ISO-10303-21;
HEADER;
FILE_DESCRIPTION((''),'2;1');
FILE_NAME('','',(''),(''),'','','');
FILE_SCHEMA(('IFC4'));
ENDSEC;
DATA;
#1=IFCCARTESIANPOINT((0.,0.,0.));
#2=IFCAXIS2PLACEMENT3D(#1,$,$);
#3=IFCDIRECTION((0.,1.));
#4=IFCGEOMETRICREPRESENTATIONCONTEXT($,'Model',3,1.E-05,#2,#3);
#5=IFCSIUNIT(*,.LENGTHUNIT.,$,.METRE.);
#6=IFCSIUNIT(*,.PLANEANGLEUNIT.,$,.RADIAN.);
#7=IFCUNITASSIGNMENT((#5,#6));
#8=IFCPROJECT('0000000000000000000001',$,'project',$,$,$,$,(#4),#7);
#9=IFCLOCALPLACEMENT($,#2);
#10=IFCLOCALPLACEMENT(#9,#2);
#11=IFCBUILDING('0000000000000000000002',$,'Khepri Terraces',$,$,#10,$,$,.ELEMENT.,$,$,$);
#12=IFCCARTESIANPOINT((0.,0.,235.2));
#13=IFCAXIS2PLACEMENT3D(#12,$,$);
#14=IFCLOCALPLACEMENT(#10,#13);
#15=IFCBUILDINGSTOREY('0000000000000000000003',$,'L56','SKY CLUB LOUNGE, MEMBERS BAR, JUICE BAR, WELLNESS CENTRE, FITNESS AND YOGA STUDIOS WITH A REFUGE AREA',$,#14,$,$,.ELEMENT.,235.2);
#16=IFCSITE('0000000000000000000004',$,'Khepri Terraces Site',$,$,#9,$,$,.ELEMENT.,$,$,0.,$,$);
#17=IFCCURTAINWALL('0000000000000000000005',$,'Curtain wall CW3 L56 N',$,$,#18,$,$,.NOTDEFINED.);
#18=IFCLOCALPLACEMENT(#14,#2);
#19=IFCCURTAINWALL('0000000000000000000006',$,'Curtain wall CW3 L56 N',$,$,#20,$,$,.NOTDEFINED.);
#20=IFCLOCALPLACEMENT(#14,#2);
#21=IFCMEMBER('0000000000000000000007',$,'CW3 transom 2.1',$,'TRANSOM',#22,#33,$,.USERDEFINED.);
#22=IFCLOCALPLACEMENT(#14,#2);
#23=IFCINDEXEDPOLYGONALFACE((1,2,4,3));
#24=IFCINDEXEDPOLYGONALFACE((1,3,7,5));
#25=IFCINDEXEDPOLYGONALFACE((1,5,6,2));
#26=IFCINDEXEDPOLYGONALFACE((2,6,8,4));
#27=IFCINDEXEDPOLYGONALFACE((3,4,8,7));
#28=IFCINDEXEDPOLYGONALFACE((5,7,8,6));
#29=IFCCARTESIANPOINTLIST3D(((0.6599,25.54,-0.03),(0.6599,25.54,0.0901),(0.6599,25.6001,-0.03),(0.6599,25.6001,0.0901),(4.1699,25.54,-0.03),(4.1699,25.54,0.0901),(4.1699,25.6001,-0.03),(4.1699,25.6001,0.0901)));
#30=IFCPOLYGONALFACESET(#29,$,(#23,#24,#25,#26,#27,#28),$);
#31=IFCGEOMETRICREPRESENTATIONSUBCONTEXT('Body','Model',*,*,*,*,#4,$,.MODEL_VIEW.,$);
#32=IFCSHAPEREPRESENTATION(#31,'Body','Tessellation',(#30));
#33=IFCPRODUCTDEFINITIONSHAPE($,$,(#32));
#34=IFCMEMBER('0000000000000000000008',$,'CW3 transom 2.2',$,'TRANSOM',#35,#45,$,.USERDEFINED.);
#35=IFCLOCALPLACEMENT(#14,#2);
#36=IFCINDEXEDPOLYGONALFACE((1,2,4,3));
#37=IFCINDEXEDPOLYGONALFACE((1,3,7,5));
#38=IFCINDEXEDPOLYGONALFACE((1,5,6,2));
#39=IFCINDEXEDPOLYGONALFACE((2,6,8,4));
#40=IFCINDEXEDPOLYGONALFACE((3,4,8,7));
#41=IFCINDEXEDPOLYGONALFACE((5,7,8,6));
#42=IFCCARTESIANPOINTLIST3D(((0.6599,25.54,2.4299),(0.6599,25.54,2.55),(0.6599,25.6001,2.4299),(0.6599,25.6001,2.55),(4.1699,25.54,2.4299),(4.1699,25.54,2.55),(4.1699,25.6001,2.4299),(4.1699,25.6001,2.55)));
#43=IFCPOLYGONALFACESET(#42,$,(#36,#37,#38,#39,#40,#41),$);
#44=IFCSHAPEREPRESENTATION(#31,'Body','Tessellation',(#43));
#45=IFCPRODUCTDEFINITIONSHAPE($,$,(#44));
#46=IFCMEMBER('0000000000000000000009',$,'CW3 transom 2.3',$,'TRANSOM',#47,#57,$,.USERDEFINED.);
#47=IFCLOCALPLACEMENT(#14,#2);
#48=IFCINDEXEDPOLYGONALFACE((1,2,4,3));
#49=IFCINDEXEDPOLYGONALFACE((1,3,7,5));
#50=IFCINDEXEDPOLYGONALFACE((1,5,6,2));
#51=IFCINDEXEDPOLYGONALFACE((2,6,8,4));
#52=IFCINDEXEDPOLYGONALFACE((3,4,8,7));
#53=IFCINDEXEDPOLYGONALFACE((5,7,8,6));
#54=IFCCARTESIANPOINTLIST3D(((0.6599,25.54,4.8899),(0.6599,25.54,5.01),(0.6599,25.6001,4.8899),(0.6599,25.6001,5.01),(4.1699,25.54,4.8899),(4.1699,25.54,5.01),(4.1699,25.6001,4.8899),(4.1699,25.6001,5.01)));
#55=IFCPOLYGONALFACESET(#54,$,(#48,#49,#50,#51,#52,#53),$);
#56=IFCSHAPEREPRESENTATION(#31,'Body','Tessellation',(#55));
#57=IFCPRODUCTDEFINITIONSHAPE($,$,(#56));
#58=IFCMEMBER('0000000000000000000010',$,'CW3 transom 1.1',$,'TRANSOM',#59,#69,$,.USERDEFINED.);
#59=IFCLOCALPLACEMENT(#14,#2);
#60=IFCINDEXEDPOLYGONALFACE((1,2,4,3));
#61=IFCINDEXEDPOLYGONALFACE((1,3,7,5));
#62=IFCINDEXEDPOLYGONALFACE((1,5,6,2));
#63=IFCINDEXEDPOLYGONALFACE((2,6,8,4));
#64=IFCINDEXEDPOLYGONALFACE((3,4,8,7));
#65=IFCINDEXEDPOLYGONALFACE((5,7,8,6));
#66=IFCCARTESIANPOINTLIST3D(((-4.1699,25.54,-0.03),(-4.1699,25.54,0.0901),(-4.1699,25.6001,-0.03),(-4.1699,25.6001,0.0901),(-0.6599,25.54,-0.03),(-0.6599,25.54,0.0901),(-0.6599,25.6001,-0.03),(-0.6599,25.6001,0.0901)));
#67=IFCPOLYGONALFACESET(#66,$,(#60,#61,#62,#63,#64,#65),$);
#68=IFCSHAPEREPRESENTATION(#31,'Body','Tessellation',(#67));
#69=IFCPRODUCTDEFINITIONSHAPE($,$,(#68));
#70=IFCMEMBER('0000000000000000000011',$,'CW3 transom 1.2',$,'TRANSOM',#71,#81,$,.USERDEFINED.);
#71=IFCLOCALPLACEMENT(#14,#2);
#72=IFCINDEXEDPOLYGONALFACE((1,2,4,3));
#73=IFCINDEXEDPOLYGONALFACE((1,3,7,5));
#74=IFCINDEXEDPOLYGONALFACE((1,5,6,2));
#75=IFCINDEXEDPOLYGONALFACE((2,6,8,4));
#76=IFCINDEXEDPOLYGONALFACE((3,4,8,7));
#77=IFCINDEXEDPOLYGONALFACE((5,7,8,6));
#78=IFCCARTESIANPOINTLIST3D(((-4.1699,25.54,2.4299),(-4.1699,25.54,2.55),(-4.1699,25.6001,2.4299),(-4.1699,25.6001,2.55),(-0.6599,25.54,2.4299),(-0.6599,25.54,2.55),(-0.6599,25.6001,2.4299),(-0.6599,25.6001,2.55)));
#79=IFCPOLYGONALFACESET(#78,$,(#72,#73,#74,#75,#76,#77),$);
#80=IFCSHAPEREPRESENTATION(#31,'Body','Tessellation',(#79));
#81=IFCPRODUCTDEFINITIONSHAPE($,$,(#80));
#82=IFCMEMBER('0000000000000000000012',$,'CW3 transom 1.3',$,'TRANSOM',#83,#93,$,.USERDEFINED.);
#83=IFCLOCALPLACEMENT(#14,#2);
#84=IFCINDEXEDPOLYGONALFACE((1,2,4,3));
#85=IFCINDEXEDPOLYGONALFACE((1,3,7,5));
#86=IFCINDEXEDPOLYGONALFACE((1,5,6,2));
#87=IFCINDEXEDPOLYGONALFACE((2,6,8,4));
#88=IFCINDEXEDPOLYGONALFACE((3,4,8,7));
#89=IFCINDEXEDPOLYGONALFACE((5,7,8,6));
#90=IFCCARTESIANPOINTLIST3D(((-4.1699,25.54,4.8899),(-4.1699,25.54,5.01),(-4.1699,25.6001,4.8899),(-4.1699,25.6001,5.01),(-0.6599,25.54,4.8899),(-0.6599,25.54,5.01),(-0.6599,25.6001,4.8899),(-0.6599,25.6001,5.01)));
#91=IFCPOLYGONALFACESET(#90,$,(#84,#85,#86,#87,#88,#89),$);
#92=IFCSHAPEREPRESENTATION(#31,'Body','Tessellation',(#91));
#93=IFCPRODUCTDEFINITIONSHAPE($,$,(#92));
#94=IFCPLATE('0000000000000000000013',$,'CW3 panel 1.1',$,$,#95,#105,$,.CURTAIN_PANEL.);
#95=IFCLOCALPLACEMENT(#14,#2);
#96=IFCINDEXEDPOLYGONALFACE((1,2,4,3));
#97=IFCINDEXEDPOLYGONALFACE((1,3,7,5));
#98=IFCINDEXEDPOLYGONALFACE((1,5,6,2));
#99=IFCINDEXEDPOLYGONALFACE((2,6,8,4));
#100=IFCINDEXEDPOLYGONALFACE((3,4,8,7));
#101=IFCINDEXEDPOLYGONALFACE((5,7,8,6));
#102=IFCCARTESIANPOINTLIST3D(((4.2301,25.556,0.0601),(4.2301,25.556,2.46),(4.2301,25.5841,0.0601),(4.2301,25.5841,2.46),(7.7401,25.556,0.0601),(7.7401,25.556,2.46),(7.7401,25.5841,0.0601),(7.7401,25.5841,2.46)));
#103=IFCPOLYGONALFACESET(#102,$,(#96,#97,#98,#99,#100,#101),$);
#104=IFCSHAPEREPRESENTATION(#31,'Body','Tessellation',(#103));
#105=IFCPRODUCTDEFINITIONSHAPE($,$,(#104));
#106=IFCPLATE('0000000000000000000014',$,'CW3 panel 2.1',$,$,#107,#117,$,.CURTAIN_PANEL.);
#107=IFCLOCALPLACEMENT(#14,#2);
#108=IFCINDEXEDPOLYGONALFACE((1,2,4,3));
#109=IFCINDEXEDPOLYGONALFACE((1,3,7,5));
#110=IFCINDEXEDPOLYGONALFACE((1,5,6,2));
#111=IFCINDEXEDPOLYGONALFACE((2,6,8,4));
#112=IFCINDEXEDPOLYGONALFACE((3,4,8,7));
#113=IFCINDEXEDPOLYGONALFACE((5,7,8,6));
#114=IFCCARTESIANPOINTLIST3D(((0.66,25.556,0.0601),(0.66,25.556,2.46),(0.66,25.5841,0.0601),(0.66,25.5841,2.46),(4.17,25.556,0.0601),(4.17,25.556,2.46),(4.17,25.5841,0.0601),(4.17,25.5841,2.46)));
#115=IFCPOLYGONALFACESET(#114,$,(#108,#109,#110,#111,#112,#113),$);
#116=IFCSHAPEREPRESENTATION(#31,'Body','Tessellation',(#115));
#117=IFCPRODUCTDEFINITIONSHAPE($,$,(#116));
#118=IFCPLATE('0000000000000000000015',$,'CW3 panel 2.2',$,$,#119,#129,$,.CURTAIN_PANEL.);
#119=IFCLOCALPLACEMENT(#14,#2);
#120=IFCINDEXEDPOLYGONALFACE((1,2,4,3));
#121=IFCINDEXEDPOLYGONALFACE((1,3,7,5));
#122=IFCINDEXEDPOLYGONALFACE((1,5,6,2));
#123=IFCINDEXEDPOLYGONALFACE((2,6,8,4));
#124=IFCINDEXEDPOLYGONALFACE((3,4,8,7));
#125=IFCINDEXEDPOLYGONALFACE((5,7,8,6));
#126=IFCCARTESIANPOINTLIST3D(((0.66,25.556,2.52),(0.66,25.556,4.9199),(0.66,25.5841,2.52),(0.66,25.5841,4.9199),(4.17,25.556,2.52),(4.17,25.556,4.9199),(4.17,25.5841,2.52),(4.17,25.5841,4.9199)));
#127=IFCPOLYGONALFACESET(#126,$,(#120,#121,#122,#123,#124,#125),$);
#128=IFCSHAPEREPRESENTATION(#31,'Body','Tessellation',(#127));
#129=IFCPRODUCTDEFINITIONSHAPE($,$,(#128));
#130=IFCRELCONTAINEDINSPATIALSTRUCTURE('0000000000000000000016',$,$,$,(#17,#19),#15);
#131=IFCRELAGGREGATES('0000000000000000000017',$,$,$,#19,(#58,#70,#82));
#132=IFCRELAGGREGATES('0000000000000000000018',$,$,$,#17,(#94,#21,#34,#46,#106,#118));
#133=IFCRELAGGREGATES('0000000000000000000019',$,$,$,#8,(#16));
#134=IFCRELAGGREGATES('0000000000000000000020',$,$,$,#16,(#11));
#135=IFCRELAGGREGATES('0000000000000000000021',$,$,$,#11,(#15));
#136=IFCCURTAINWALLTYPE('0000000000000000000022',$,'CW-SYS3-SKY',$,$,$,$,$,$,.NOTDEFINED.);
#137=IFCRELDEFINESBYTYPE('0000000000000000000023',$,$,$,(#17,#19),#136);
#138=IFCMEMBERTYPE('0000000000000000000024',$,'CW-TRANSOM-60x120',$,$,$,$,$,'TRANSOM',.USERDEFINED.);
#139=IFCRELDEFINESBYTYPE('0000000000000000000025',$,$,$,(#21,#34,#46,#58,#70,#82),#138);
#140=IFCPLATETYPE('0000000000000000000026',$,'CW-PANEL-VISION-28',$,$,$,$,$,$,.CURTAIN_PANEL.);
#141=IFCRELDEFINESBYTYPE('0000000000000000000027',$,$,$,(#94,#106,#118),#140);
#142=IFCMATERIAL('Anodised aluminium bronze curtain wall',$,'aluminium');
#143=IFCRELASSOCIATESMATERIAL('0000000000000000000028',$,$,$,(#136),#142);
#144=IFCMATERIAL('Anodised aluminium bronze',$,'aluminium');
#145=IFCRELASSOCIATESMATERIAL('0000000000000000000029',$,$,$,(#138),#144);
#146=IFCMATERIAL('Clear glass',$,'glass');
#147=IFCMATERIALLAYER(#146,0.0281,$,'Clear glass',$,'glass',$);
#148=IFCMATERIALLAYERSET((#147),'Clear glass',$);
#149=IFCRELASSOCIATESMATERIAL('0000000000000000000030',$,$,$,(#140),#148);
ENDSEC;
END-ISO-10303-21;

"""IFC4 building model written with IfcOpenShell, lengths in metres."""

from ifc_helpers import new_model, si_unit, direction, frame, origin, origin_2d, place, context, subcontext, project, spatial, rectangle, extrude, material, layer, layer_set, material_profile, profile_set, type_object, element, aggregate, save


model = new_model("IFC4")

# Units and contexts
model_context = context("Model", 3, precision=1e-05, world=origin(), true_north=direction((0.0, 1.0)))
body_context = subcontext(model_context, "Body", "Model", "MODEL_VIEW")
ifc_project = project(units=[si_unit("LENGTHUNIT", "METRE"), si_unit("PLANEANGLEUNIT", "RADIAN")], contexts=[model_context])

# Site, building, storey
site_placement = place(None, origin())
site = spatial("IfcSite", under=ifc_project, at=site_placement, Name="Khepri Terraces Site", CompositionType="ELEMENT", RefElevation=0.0)
building_placement = place(site_placement, origin())
building = spatial("IfcBuilding", under=site, at=building_placement, Name="Khepri Terraces", CompositionType="ELEMENT")
storey_placement = place(building_placement, frame((0.0, 0.0, 235.2)))
storey = spatial("IfcBuildingStorey", under=building, at=storey_placement, Name="L56", Description="SKY CLUB LOUNGE, MEMBERS BAR, JUICE BAR, WELLNESS CENTRE, FITNESS AND YOGA STUDIOS WITH A REFUGE AREA", CompositionType="ELEMENT", Elevation=235.2)

# Curtain wall
ifc_material_1 = material(Name="Anodised aluminium bronze curtain wall", Category="aluminium")
curtain_wall_type = type_object("IfcCurtainWallType", Name="CW-SYS3-SKY", PredefinedType="NOTDEFINED", material=ifc_material_1)
curtain_wall_1_placement = place(storey_placement, origin())
curtain_wall_1 = element("IfcCurtainWall", 1, at=curtain_wall_1_placement, inside=storey, type_object=curtain_wall_type, Name="Curtain wall CW3 L56 N", PredefinedType="NOTDEFINED")
ifc_material_2 = material(Name="Anodised aluminium bronze", Category="aluminium")

# Curtain wall
curtain_wall_2_placement = place(storey_placement, origin())
curtain_wall_2 = element("IfcCurtainWall", 2, at=curtain_wall_2_placement, inside=storey, type_object=curtain_wall_type, Name="Curtain wall CW3 L56 N", PredefinedType="NOTDEFINED")

# Members
ifc_material_profile_1 = material_profile(ifc_material_2, rectangle(XDim=0.0601, YDim=0.1201, at=origin_2d()), Name="Anodised aluminium bronze", Category="aluminium")
ifc_profile_set_1 = profile_set([ifc_material_profile_1], Name="Anodised aluminium bronze")
member_type_1 = type_object("IfcMemberType", Name="CW-TRANSOM-60x120", ElementType="TRANSOM", PredefinedType="USERDEFINED", material=ifc_profile_set_1)
member_1_placement = place(storey_placement, frame((4.1699, 25.5701, 0.03), z_axis=(-1.0, 0.0, 0.0), x_axis=(0.0, -1.0, 0.0)))
member_1 = element("IfcMember", 3, at=member_1_placement, type_object=member_type_1, Name="CW3 transom 2.1", ObjectType="TRANSOM", PredefinedType="USERDEFINED", context=body_context, shape_type="SweptSolid", body=[
    extrude(rectangle(XDim=0.0601, YDim=0.1201, at=origin_2d()), origin(), (0.0, 0.0, 1.0), 3.51),
])
member_2_placement = place(storey_placement, frame((4.1699, 25.5701, 2.49), z_axis=(-1.0, 0.0, 0.0), x_axis=(0.0, -1.0, 0.0)))
member_2 = element("IfcMember", 4, at=member_2_placement, type_object=member_type_1, Name="CW3 transom 2.2", ObjectType="TRANSOM", PredefinedType="USERDEFINED", context=body_context, shape_type="SweptSolid", body=[
    extrude(rectangle(XDim=0.0601, YDim=0.1201, at=origin_2d()), origin(), (0.0, 0.0, 1.0), 3.51),
])
member_3_placement = place(storey_placement, frame((4.1699, 25.5701, 4.95), z_axis=(-1.0, 0.0, 0.0), x_axis=(0.0, -1.0, 0.0)))
member_3 = element("IfcMember", 5, at=member_3_placement, type_object=member_type_1, Name="CW3 transom 2.3", ObjectType="TRANSOM", PredefinedType="USERDEFINED", context=body_context, shape_type="SweptSolid", body=[
    extrude(rectangle(XDim=0.0601, YDim=0.1201, at=origin_2d()), origin(), (0.0, 0.0, 1.0), 3.51),
])
member_4_placement = place(storey_placement, frame((-0.6599, 25.5701, 0.03), z_axis=(-1.0, 0.0, 0.0), x_axis=(0.0, -1.0, 0.0)))
member_4 = element("IfcMember", 6, at=member_4_placement, type_object=member_type_1, Name="CW3 transom 1.1", ObjectType="TRANSOM", PredefinedType="USERDEFINED", context=body_context, shape_type="SweptSolid", body=[
    extrude(rectangle(XDim=0.0601, YDim=0.1201, at=origin_2d()), origin(), (0.0, 0.0, 1.0), 3.51),
])
member_5_placement = place(storey_placement, frame((-0.6599, 25.5701, 2.49), z_axis=(-1.0, 0.0, 0.0), x_axis=(0.0, -1.0, 0.0)))
member_5 = element("IfcMember", 7, at=member_5_placement, type_object=member_type_1, Name="CW3 transom 1.2", ObjectType="TRANSOM", PredefinedType="USERDEFINED", context=body_context, shape_type="SweptSolid", body=[
    extrude(rectangle(XDim=0.0601, YDim=0.1201, at=origin_2d()), origin(), (0.0, 0.0, 1.0), 3.51),
])
member_6_placement = place(storey_placement, frame((-0.6599, 25.5701, 4.95), z_axis=(-1.0, 0.0, 0.0), x_axis=(0.0, -1.0, 0.0)))
member_6 = element("IfcMember", 8, at=member_6_placement, type_object=member_type_1, Name="CW3 transom 1.3", ObjectType="TRANSOM", PredefinedType="USERDEFINED", context=body_context, shape_type="SweptSolid", body=[
    extrude(rectangle(XDim=0.0601, YDim=0.1201, at=origin_2d()), origin(), (0.0, 0.0, 1.0), 3.51),
])
aggregate(curtain_wall_2, [member_4, member_5, member_6])

# Plates
ifc_material_3 = material(Name="Clear glass", Category="glass")
ifc_layer = layer(ifc_material_3, 0.0281, Name="Clear glass", Category="glass")
ifc_layer_set = layer_set([ifc_layer], Name="Clear glass")
plate_type = type_object("IfcPlateType", Name="CW-PANEL-VISION-28", PredefinedType="CURTAIN_PANEL", material=ifc_layer_set)
plate_1_placement = place(storey_placement, frame((5.9851, 25.5701, 0.0601), z_axis=(0.0, 0.0, 1.0), x_axis=(-1.0, 0.0, 0.0)))
plate_1 = element("IfcPlate", 9, at=plate_1_placement, type_object=plate_type, Name="CW3 panel 1.1", PredefinedType="CURTAIN_PANEL", context=body_context, shape_type="SweptSolid", body=[
    extrude(rectangle(XDim=3.51, YDim=0.0281, at=origin_2d()), origin(), (0.0, 0.0, 1.0), 2.3999),
])
plate_2_placement = place(storey_placement, frame((2.415, 25.5701, 0.0601), z_axis=(0.0, 0.0, 1.0), x_axis=(-1.0, 0.0, 0.0)))
plate_2 = element("IfcPlate", 10, at=plate_2_placement, type_object=plate_type, Name="CW3 panel 2.1", PredefinedType="CURTAIN_PANEL", context=body_context, shape_type="SweptSolid", body=[
    extrude(rectangle(XDim=3.51, YDim=0.0281, at=origin_2d()), origin(), (0.0, 0.0, 1.0), 2.3999),
])
plate_3_placement = place(storey_placement, frame((2.415, 25.5701, 2.52), z_axis=(0.0, 0.0, 1.0), x_axis=(-1.0, 0.0, 0.0)))
plate_3 = element("IfcPlate", 11, at=plate_3_placement, type_object=plate_type, Name="CW3 panel 2.2", PredefinedType="CURTAIN_PANEL", context=body_context, shape_type="SweptSolid", body=[
    extrude(rectangle(XDim=3.51, YDim=0.0281, at=origin_2d()), origin(), (0.0, 0.0, 1.0), 2.3999),
])
aggregate(curtain_wall_1, [plate_1, member_1, member_2, member_3, plate_2, plate_3])

save(model, "model.ifc")
